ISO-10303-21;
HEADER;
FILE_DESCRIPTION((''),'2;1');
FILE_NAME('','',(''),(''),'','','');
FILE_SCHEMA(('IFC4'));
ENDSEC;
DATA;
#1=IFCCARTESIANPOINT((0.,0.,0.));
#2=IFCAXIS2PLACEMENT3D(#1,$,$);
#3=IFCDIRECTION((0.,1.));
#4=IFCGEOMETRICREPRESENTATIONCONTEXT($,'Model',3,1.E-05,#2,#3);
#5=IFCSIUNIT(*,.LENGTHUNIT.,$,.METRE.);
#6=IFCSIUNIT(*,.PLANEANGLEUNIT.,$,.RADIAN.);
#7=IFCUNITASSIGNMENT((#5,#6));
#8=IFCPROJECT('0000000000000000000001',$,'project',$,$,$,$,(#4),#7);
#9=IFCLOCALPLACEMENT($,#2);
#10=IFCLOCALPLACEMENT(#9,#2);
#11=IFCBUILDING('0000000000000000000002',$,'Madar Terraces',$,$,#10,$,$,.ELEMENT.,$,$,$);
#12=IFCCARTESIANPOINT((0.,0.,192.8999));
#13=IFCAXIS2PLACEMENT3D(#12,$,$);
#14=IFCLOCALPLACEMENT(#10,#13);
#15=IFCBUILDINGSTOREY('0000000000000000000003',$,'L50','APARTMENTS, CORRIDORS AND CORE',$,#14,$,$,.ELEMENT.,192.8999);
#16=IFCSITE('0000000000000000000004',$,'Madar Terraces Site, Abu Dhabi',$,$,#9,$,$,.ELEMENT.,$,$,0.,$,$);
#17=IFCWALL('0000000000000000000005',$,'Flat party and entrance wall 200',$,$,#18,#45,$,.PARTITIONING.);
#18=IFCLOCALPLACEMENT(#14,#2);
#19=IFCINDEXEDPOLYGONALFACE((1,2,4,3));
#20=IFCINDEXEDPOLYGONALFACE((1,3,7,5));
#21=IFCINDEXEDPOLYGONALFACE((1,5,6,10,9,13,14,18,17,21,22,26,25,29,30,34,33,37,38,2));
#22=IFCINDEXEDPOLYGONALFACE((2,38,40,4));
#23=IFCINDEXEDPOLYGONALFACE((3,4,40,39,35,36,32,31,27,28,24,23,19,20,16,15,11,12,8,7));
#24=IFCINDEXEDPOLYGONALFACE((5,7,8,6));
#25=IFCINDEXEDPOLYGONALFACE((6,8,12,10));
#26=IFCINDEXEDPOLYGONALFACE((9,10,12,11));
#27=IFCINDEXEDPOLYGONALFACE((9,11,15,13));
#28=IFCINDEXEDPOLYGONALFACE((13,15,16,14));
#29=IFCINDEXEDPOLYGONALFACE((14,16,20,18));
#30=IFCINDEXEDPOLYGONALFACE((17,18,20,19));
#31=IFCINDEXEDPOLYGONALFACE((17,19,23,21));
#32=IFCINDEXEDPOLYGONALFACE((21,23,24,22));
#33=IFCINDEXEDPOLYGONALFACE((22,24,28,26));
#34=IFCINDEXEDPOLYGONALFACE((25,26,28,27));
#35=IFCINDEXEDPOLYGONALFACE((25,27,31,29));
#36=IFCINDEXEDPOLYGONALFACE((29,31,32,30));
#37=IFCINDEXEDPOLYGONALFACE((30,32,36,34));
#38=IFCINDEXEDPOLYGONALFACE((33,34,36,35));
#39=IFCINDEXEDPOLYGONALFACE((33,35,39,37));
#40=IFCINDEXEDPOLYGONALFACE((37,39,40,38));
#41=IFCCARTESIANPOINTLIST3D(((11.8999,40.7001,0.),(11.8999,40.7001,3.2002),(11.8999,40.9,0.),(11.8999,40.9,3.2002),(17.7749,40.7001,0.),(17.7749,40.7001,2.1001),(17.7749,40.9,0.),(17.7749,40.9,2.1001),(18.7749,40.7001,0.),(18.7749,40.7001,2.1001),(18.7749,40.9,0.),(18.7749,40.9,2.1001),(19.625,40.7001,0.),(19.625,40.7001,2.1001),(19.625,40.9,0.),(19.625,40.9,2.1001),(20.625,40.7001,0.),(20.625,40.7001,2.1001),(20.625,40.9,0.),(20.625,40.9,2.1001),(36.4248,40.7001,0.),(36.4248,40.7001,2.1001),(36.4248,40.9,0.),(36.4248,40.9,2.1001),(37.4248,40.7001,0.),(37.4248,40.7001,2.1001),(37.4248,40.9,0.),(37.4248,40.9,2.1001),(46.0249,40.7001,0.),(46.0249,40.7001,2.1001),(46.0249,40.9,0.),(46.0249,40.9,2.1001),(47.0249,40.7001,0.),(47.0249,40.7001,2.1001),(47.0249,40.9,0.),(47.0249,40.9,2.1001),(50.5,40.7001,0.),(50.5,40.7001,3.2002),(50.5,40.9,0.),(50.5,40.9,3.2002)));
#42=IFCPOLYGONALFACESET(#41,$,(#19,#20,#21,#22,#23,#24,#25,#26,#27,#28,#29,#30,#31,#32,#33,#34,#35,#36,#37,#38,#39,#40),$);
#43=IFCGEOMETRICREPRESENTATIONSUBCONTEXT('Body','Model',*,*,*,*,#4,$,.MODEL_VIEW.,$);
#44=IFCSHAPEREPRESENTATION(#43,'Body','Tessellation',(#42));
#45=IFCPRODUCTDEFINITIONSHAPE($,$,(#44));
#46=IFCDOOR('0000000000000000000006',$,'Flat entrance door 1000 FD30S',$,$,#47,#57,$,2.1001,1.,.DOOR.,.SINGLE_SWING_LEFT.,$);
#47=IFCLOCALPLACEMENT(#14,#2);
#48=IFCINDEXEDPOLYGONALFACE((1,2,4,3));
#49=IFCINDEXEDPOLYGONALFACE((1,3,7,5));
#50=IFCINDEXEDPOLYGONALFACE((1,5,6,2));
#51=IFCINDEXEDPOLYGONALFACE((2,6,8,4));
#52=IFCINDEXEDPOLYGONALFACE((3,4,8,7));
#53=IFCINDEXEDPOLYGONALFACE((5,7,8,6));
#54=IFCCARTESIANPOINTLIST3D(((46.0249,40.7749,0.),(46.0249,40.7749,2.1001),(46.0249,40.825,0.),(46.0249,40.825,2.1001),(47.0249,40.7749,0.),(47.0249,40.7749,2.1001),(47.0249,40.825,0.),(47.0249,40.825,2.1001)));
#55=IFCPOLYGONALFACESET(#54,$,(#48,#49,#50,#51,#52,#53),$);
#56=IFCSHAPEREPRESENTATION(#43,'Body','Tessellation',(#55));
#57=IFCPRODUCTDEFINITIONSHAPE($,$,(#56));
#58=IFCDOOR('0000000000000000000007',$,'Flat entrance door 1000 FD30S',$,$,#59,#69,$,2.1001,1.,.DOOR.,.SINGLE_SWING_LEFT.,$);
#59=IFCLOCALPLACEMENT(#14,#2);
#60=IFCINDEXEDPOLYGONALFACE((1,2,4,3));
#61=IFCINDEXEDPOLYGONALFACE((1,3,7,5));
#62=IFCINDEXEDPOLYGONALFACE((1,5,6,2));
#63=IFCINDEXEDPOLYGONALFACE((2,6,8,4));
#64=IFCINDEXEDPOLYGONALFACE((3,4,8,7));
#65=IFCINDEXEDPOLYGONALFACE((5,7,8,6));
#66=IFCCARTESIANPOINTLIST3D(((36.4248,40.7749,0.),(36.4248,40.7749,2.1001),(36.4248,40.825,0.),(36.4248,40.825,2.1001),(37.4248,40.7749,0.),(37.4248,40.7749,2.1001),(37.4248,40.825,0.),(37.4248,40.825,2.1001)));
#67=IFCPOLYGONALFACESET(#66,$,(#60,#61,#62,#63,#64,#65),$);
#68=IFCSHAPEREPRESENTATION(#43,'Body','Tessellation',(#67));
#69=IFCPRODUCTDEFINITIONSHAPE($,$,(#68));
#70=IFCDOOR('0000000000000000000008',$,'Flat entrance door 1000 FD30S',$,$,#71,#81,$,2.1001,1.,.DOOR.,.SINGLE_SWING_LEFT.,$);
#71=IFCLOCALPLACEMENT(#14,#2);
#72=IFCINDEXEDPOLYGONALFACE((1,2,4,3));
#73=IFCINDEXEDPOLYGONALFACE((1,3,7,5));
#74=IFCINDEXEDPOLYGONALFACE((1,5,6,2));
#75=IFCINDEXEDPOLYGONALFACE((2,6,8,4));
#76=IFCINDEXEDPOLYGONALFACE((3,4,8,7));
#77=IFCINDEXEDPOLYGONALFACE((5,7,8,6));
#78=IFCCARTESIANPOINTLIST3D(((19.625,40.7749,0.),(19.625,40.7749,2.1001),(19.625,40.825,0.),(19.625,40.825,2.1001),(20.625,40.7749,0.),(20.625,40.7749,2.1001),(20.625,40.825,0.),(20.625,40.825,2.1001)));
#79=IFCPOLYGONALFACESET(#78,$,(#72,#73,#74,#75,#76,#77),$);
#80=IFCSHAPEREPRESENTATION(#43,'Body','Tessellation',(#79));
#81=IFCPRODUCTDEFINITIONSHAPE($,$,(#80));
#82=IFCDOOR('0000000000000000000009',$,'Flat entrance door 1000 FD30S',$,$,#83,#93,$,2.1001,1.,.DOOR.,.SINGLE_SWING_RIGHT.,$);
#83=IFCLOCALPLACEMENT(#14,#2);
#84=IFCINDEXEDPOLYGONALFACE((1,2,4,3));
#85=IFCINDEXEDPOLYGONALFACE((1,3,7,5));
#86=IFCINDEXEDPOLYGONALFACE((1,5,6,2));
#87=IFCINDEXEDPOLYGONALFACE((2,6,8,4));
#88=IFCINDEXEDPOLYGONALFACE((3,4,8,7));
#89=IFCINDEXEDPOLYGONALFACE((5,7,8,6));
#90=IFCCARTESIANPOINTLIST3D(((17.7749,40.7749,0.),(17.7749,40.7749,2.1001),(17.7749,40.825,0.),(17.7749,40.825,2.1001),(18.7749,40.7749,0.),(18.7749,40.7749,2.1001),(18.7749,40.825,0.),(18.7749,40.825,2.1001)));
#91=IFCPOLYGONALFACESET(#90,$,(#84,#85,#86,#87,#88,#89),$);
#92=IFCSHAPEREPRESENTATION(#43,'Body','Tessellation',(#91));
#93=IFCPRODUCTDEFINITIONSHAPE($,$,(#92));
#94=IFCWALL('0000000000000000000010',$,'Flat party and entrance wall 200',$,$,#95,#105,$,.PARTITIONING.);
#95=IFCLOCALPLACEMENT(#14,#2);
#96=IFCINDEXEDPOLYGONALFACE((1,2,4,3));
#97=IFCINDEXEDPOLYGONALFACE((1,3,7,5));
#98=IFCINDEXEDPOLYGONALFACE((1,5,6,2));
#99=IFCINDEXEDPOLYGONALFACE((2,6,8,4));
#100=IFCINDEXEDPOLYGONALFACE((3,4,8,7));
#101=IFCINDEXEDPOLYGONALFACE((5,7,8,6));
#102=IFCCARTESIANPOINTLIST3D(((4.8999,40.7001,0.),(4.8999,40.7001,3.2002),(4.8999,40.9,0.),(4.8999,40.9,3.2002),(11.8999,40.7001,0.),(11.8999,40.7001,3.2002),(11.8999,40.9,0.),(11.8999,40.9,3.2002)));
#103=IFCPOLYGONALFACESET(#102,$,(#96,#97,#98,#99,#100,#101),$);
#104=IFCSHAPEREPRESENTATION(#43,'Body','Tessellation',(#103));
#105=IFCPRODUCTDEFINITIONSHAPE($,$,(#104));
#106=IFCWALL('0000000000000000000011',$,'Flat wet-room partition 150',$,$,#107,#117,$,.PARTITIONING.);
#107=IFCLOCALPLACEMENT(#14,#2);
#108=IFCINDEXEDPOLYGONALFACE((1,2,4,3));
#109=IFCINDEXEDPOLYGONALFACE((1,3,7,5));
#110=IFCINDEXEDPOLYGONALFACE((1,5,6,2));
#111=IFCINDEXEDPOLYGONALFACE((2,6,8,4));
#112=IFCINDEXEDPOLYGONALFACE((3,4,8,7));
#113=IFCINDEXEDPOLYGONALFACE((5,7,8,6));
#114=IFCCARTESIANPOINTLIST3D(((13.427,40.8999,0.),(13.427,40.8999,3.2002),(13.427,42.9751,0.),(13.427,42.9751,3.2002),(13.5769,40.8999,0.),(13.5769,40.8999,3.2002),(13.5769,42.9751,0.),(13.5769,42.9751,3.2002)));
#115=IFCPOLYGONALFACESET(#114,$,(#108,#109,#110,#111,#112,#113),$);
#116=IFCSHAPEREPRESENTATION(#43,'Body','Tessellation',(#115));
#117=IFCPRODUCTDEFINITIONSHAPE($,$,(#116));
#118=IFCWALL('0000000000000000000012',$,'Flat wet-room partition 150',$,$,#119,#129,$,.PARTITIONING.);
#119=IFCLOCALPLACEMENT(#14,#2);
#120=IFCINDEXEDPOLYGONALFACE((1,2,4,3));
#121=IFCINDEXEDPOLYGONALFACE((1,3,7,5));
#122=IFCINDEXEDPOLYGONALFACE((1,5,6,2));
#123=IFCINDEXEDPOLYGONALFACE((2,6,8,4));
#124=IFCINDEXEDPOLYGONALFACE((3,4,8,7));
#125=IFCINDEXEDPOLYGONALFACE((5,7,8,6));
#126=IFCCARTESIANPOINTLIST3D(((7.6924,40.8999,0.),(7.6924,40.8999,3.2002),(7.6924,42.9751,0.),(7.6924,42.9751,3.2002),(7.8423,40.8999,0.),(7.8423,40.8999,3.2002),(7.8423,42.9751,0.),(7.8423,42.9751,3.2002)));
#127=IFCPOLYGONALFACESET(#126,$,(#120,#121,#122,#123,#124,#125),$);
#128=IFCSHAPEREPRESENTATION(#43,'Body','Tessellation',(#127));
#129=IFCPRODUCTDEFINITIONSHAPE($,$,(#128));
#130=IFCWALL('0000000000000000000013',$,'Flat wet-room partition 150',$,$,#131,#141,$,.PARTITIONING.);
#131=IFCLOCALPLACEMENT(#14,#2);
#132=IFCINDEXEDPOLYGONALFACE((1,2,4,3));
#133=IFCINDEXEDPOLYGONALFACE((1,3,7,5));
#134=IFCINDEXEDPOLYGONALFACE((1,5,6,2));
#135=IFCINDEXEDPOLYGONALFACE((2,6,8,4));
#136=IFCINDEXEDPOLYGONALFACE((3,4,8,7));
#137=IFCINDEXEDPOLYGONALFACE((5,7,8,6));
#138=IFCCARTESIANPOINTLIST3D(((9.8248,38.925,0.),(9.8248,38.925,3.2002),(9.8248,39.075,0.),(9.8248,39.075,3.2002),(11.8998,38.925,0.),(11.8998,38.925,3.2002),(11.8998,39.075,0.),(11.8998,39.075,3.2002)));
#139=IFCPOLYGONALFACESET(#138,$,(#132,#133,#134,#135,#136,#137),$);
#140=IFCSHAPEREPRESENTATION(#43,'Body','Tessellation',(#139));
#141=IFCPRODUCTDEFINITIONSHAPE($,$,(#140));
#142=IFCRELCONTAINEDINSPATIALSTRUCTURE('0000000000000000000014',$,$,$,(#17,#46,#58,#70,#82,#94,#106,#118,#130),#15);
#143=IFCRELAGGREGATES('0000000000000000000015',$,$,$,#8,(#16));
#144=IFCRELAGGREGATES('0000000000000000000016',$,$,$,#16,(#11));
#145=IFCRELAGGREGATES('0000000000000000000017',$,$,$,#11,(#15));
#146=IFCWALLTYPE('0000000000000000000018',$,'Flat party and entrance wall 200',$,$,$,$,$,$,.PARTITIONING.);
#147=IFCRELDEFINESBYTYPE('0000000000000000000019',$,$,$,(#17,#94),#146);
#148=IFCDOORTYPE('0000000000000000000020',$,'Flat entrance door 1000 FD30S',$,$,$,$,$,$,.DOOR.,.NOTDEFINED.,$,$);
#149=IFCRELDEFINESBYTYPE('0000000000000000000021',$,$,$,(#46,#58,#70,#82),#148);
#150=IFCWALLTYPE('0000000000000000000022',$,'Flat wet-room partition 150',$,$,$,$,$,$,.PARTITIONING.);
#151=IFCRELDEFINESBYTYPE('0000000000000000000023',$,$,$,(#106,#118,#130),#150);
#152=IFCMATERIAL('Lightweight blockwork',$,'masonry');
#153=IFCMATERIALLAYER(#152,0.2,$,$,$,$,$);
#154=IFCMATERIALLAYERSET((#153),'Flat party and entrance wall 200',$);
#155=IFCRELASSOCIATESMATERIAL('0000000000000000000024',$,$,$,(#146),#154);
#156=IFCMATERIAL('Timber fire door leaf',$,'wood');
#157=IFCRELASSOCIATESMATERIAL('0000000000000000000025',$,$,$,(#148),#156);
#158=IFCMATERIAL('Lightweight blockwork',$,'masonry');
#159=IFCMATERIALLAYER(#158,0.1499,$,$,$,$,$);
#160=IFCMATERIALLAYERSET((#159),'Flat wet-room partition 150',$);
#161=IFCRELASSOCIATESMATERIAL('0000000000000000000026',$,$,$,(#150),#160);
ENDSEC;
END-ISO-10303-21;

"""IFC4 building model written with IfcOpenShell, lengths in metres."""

from ifc_helpers import new_model, si_unit, direction, frame, frame_2d, origin, place, context, subcontext, project, spatial, rectangle, extrude, material, layer, layer_set, type_object, element, fill, save


model = new_model("IFC4")

# Units and contexts
model_context = context("Model", 3, precision=1e-05, world=origin(), true_north=direction((0.0, 1.0)))
body_context = subcontext(model_context, "Body", "Model", "MODEL_VIEW")
ifc_project = project(units=[si_unit("LENGTHUNIT", "METRE"), si_unit("PLANEANGLEUNIT", "RADIAN")], contexts=[model_context])

# Site, building, storey
site_placement = place(None, origin())
site = spatial("IfcSite", under=ifc_project, at=site_placement, Name="Madar Terraces Site, Abu Dhabi", CompositionType="ELEMENT", RefElevation=0.0)
building_placement = place(site_placement, origin())
building = spatial("IfcBuilding", under=site, at=building_placement, Name="Madar Terraces", CompositionType="ELEMENT")
storey_placement = place(building_placement, frame((0.0, 0.0, 192.8999)))
storey = spatial("IfcBuildingStorey", under=building, at=storey_placement, Name="L50", Description="APARTMENTS, CORRIDORS AND CORE", CompositionType="ELEMENT", Elevation=192.8999)

# Wall, openings, doors
ifc_material_1 = material(Name="Lightweight blockwork", Category="masonry")
ifc_layer_1 = layer(ifc_material_1, 0.2)
ifc_layer_set_1 = layer_set([ifc_layer_1], Name="Flat party and entrance wall 200")
wall_type_1 = type_object("IfcWallType", Name="Flat party and entrance wall 200", PredefinedType="PARTITIONING", material=ifc_layer_set_1)
wall_1_placement = place(storey_placement, frame((11.8999, 40.8, 0.0), z_axis=(0.0, 0.0, 1.0), x_axis=(1.0, 0.0, 0.0)))
wall_1 = element("IfcWall", 1, at=wall_1_placement, inside=storey, type_object=wall_type_1, Name="Flat party and entrance wall 200", PredefinedType="PARTITIONING", context=body_context, shape_type="SweptSolid", body=[
    extrude(rectangle(XDim=38.6001, YDim=0.2, at=frame_2d((19.3, 0.0))), origin(), (0.0, 0.0, 1.0), 3.2002),
])
opening_1_placement = place(wall_1_placement, frame((34.125, 0.0, 0.0)))
opening_1 = element("IfcOpeningElement", 2, at=opening_1_placement, cuts=wall_1, PredefinedType="OPENING", context=body_context, shape_type="SweptSolid", body=[
    extrude(rectangle(XDim=1.0, YDim=2.1001, at=frame_2d((0.5, 1.05))), frame((0.0, 0.1099, 0.0), z_axis=(0.0, -1.0, 0.0), x_axis=(1.0, 0.0, 0.0)), (0.0, 0.0, 1.0), 0.22),
])
opening_2_placement = place(wall_1_placement, frame((24.5249, 0.0, 0.0)))
opening_2 = element("IfcOpeningElement", 3, at=opening_2_placement, cuts=wall_1, PredefinedType="OPENING", context=body_context, shape_type="SweptSolid", body=[
    extrude(rectangle(XDim=1.0, YDim=2.1001, at=frame_2d((0.5, 1.05))), frame((0.0, 0.1099, 0.0), z_axis=(0.0, -1.0, 0.0), x_axis=(1.0, 0.0, 0.0)), (0.0, 0.0, 1.0), 0.22),
])
opening_3_placement = place(wall_1_placement, frame((7.7251, 0.0, 0.0)))
opening_3 = element("IfcOpeningElement", 4, at=opening_3_placement, cuts=wall_1, PredefinedType="OPENING", context=body_context, shape_type="SweptSolid", body=[
    extrude(rectangle(XDim=1.0, YDim=2.1001, at=frame_2d((0.5, 1.05))), frame((0.0, 0.1099, 0.0), z_axis=(0.0, -1.0, 0.0), x_axis=(1.0, 0.0, 0.0)), (0.0, 0.0, 1.0), 0.22),
])
opening_4_placement = place(wall_1_placement, frame((5.875, 0.0, 0.0)))
opening_4 = element("IfcOpeningElement", 5, at=opening_4_placement, cuts=wall_1, PredefinedType="OPENING", context=body_context, shape_type="SweptSolid", body=[
    extrude(rectangle(XDim=1.0, YDim=2.1001, at=frame_2d((0.5, 1.05))), frame((0.0, 0.1099, 0.0), z_axis=(0.0, -1.0, 0.0), x_axis=(1.0, 0.0, 0.0)), (0.0, 0.0, 1.0), 0.22),
])
ifc_material_2 = material(Name="Timber fire door leaf", Category="wood")
door_type_1 = type_object("IfcDoorType", Name="Flat entrance door 1000 FD30S", OperationType="NOTDEFINED", PredefinedType="DOOR", material=ifc_material_2)
door_1_placement = place(opening_1_placement, origin())
door_1 = element("IfcDoor", 6, at=door_1_placement, inside=storey, type_object=door_type_1, Name="Flat entrance door 1000 FD30S", OperationType="SINGLE_SWING_LEFT", OverallHeight=2.1001, OverallWidth=1.0, PredefinedType="DOOR", context=body_context, shape_type="SweptSolid", body=[
    extrude(rectangle(XDim=1.0, YDim=2.1001, at=frame_2d((0.5, 1.05))), frame((0.0, 0.0249, 0.0), z_axis=(0.0, -1.0, 0.0), x_axis=(1.0, 0.0, 0.0)), (0.0, 0.0, 1.0), 0.05),
])
fill(opening_1, door_1)
door_2_placement = place(opening_2_placement, origin())
door_2 = element("IfcDoor", 7, at=door_2_placement, inside=storey, type_object=door_type_1, Name="Flat entrance door 1000 FD30S", OperationType="SINGLE_SWING_LEFT", OverallHeight=2.1001, OverallWidth=1.0, PredefinedType="DOOR", context=body_context, shape_type="SweptSolid", body=[
    extrude(rectangle(XDim=1.0, YDim=2.1001, at=frame_2d((0.5, 1.05))), frame((0.0, 0.0249, 0.0), z_axis=(0.0, -1.0, 0.0), x_axis=(1.0, 0.0, 0.0)), (0.0, 0.0, 1.0), 0.05),
])
fill(opening_2, door_2)
door_3_placement = place(opening_3_placement, origin())
door_3 = element("IfcDoor", 8, at=door_3_placement, inside=storey, type_object=door_type_1, Name="Flat entrance door 1000 FD30S", OperationType="SINGLE_SWING_LEFT", OverallHeight=2.1001, OverallWidth=1.0, PredefinedType="DOOR", context=body_context, shape_type="SweptSolid", body=[
    extrude(rectangle(XDim=1.0, YDim=2.1001, at=frame_2d((0.5, 1.05))), frame((0.0, 0.0249, 0.0), z_axis=(0.0, -1.0, 0.0), x_axis=(1.0, 0.0, 0.0)), (0.0, 0.0, 1.0), 0.05),
])
fill(opening_3, door_3)
door_4_placement = place(opening_4_placement, origin())
door_4 = element("IfcDoor", 9, at=door_4_placement, inside=storey, type_object=door_type_1, Name="Flat entrance door 1000 FD30S", OperationType="SINGLE_SWING_RIGHT", OverallHeight=2.1001, OverallWidth=1.0, PredefinedType="DOOR", context=body_context, shape_type="SweptSolid", body=[
    extrude(rectangle(XDim=1.0, YDim=2.1001, at=frame_2d((0.5, 1.05))), frame((0.0, 0.0249, 0.0), z_axis=(0.0, -1.0, 0.0), x_axis=(1.0, 0.0, 0.0)), (0.0, 0.0, 1.0), 0.05),
])
fill(opening_4, door_4)

# Walls
wall_2_placement = place(storey_placement, frame((4.8999, 40.8, 0.0), z_axis=(0.0, 0.0, 1.0), x_axis=(1.0, 0.0, 0.0)))
element("IfcWall", 10, at=wall_2_placement, inside=storey, type_object=wall_type_1, Name="Flat party and entrance wall 200", PredefinedType="PARTITIONING", context=body_context, shape_type="SweptSolid", body=[
    extrude(rectangle(XDim=7.0, YDim=0.2, at=frame_2d((3.5, 0.0))), origin(), (0.0, 0.0, 1.0), 3.2002),
])
ifc_material_3 = material(Name="Lightweight blockwork", Category="masonry")
ifc_layer_2 = layer(ifc_material_3, 0.1499)
ifc_layer_set_2 = layer_set([ifc_layer_2], Name="Flat wet-room partition 150")
wall_type_2 = type_object("IfcWallType", Name="Flat wet-room partition 150", PredefinedType="PARTITIONING", material=ifc_layer_set_2)
for number, where, z_axis, x_axis, name in (
    (11, (13.502, 40.8999, 0.0), (0.0, 0.0, 1.0), (0.0, 1.0, 0.0), "Flat wet-room partition 150"),
    (12, (7.7673, 40.8999, 0.0), (0.0, 0.0, 1.0), (0.0, 1.0, 0.0), "Flat wet-room partition 150"),
):
    element("IfcWall", number, at=place(storey_placement, frame(where, z_axis=z_axis, x_axis=x_axis)), inside=storey, type_object=wall_type_2, Name=name, PredefinedType="PARTITIONING", context=body_context, shape_type="SweptSolid", body=[
        extrude(rectangle(XDim=2.0752, YDim=0.1499, at=frame_2d((1.0376, 0.0))), origin(), (0.0, 0.0, 1.0), 3.2002),
    ])
wall_3_placement = place(storey_placement, frame((11.8999, 39.0, 0.0), z_axis=(0.0, 0.0, 1.0), x_axis=(-1.0, 0.0, 0.0)))
element("IfcWall", 13, at=wall_3_placement, inside=storey, type_object=wall_type_2, Name="Flat wet-room partition 150", PredefinedType="PARTITIONING", context=body_context, shape_type="SweptSolid", body=[
    extrude(rectangle(XDim=2.075, YDim=0.1499, at=frame_2d((1.0376, 0.0))), origin(), (0.0, 0.0, 1.0), 3.2002),
])

save(model, "model.ifc")
